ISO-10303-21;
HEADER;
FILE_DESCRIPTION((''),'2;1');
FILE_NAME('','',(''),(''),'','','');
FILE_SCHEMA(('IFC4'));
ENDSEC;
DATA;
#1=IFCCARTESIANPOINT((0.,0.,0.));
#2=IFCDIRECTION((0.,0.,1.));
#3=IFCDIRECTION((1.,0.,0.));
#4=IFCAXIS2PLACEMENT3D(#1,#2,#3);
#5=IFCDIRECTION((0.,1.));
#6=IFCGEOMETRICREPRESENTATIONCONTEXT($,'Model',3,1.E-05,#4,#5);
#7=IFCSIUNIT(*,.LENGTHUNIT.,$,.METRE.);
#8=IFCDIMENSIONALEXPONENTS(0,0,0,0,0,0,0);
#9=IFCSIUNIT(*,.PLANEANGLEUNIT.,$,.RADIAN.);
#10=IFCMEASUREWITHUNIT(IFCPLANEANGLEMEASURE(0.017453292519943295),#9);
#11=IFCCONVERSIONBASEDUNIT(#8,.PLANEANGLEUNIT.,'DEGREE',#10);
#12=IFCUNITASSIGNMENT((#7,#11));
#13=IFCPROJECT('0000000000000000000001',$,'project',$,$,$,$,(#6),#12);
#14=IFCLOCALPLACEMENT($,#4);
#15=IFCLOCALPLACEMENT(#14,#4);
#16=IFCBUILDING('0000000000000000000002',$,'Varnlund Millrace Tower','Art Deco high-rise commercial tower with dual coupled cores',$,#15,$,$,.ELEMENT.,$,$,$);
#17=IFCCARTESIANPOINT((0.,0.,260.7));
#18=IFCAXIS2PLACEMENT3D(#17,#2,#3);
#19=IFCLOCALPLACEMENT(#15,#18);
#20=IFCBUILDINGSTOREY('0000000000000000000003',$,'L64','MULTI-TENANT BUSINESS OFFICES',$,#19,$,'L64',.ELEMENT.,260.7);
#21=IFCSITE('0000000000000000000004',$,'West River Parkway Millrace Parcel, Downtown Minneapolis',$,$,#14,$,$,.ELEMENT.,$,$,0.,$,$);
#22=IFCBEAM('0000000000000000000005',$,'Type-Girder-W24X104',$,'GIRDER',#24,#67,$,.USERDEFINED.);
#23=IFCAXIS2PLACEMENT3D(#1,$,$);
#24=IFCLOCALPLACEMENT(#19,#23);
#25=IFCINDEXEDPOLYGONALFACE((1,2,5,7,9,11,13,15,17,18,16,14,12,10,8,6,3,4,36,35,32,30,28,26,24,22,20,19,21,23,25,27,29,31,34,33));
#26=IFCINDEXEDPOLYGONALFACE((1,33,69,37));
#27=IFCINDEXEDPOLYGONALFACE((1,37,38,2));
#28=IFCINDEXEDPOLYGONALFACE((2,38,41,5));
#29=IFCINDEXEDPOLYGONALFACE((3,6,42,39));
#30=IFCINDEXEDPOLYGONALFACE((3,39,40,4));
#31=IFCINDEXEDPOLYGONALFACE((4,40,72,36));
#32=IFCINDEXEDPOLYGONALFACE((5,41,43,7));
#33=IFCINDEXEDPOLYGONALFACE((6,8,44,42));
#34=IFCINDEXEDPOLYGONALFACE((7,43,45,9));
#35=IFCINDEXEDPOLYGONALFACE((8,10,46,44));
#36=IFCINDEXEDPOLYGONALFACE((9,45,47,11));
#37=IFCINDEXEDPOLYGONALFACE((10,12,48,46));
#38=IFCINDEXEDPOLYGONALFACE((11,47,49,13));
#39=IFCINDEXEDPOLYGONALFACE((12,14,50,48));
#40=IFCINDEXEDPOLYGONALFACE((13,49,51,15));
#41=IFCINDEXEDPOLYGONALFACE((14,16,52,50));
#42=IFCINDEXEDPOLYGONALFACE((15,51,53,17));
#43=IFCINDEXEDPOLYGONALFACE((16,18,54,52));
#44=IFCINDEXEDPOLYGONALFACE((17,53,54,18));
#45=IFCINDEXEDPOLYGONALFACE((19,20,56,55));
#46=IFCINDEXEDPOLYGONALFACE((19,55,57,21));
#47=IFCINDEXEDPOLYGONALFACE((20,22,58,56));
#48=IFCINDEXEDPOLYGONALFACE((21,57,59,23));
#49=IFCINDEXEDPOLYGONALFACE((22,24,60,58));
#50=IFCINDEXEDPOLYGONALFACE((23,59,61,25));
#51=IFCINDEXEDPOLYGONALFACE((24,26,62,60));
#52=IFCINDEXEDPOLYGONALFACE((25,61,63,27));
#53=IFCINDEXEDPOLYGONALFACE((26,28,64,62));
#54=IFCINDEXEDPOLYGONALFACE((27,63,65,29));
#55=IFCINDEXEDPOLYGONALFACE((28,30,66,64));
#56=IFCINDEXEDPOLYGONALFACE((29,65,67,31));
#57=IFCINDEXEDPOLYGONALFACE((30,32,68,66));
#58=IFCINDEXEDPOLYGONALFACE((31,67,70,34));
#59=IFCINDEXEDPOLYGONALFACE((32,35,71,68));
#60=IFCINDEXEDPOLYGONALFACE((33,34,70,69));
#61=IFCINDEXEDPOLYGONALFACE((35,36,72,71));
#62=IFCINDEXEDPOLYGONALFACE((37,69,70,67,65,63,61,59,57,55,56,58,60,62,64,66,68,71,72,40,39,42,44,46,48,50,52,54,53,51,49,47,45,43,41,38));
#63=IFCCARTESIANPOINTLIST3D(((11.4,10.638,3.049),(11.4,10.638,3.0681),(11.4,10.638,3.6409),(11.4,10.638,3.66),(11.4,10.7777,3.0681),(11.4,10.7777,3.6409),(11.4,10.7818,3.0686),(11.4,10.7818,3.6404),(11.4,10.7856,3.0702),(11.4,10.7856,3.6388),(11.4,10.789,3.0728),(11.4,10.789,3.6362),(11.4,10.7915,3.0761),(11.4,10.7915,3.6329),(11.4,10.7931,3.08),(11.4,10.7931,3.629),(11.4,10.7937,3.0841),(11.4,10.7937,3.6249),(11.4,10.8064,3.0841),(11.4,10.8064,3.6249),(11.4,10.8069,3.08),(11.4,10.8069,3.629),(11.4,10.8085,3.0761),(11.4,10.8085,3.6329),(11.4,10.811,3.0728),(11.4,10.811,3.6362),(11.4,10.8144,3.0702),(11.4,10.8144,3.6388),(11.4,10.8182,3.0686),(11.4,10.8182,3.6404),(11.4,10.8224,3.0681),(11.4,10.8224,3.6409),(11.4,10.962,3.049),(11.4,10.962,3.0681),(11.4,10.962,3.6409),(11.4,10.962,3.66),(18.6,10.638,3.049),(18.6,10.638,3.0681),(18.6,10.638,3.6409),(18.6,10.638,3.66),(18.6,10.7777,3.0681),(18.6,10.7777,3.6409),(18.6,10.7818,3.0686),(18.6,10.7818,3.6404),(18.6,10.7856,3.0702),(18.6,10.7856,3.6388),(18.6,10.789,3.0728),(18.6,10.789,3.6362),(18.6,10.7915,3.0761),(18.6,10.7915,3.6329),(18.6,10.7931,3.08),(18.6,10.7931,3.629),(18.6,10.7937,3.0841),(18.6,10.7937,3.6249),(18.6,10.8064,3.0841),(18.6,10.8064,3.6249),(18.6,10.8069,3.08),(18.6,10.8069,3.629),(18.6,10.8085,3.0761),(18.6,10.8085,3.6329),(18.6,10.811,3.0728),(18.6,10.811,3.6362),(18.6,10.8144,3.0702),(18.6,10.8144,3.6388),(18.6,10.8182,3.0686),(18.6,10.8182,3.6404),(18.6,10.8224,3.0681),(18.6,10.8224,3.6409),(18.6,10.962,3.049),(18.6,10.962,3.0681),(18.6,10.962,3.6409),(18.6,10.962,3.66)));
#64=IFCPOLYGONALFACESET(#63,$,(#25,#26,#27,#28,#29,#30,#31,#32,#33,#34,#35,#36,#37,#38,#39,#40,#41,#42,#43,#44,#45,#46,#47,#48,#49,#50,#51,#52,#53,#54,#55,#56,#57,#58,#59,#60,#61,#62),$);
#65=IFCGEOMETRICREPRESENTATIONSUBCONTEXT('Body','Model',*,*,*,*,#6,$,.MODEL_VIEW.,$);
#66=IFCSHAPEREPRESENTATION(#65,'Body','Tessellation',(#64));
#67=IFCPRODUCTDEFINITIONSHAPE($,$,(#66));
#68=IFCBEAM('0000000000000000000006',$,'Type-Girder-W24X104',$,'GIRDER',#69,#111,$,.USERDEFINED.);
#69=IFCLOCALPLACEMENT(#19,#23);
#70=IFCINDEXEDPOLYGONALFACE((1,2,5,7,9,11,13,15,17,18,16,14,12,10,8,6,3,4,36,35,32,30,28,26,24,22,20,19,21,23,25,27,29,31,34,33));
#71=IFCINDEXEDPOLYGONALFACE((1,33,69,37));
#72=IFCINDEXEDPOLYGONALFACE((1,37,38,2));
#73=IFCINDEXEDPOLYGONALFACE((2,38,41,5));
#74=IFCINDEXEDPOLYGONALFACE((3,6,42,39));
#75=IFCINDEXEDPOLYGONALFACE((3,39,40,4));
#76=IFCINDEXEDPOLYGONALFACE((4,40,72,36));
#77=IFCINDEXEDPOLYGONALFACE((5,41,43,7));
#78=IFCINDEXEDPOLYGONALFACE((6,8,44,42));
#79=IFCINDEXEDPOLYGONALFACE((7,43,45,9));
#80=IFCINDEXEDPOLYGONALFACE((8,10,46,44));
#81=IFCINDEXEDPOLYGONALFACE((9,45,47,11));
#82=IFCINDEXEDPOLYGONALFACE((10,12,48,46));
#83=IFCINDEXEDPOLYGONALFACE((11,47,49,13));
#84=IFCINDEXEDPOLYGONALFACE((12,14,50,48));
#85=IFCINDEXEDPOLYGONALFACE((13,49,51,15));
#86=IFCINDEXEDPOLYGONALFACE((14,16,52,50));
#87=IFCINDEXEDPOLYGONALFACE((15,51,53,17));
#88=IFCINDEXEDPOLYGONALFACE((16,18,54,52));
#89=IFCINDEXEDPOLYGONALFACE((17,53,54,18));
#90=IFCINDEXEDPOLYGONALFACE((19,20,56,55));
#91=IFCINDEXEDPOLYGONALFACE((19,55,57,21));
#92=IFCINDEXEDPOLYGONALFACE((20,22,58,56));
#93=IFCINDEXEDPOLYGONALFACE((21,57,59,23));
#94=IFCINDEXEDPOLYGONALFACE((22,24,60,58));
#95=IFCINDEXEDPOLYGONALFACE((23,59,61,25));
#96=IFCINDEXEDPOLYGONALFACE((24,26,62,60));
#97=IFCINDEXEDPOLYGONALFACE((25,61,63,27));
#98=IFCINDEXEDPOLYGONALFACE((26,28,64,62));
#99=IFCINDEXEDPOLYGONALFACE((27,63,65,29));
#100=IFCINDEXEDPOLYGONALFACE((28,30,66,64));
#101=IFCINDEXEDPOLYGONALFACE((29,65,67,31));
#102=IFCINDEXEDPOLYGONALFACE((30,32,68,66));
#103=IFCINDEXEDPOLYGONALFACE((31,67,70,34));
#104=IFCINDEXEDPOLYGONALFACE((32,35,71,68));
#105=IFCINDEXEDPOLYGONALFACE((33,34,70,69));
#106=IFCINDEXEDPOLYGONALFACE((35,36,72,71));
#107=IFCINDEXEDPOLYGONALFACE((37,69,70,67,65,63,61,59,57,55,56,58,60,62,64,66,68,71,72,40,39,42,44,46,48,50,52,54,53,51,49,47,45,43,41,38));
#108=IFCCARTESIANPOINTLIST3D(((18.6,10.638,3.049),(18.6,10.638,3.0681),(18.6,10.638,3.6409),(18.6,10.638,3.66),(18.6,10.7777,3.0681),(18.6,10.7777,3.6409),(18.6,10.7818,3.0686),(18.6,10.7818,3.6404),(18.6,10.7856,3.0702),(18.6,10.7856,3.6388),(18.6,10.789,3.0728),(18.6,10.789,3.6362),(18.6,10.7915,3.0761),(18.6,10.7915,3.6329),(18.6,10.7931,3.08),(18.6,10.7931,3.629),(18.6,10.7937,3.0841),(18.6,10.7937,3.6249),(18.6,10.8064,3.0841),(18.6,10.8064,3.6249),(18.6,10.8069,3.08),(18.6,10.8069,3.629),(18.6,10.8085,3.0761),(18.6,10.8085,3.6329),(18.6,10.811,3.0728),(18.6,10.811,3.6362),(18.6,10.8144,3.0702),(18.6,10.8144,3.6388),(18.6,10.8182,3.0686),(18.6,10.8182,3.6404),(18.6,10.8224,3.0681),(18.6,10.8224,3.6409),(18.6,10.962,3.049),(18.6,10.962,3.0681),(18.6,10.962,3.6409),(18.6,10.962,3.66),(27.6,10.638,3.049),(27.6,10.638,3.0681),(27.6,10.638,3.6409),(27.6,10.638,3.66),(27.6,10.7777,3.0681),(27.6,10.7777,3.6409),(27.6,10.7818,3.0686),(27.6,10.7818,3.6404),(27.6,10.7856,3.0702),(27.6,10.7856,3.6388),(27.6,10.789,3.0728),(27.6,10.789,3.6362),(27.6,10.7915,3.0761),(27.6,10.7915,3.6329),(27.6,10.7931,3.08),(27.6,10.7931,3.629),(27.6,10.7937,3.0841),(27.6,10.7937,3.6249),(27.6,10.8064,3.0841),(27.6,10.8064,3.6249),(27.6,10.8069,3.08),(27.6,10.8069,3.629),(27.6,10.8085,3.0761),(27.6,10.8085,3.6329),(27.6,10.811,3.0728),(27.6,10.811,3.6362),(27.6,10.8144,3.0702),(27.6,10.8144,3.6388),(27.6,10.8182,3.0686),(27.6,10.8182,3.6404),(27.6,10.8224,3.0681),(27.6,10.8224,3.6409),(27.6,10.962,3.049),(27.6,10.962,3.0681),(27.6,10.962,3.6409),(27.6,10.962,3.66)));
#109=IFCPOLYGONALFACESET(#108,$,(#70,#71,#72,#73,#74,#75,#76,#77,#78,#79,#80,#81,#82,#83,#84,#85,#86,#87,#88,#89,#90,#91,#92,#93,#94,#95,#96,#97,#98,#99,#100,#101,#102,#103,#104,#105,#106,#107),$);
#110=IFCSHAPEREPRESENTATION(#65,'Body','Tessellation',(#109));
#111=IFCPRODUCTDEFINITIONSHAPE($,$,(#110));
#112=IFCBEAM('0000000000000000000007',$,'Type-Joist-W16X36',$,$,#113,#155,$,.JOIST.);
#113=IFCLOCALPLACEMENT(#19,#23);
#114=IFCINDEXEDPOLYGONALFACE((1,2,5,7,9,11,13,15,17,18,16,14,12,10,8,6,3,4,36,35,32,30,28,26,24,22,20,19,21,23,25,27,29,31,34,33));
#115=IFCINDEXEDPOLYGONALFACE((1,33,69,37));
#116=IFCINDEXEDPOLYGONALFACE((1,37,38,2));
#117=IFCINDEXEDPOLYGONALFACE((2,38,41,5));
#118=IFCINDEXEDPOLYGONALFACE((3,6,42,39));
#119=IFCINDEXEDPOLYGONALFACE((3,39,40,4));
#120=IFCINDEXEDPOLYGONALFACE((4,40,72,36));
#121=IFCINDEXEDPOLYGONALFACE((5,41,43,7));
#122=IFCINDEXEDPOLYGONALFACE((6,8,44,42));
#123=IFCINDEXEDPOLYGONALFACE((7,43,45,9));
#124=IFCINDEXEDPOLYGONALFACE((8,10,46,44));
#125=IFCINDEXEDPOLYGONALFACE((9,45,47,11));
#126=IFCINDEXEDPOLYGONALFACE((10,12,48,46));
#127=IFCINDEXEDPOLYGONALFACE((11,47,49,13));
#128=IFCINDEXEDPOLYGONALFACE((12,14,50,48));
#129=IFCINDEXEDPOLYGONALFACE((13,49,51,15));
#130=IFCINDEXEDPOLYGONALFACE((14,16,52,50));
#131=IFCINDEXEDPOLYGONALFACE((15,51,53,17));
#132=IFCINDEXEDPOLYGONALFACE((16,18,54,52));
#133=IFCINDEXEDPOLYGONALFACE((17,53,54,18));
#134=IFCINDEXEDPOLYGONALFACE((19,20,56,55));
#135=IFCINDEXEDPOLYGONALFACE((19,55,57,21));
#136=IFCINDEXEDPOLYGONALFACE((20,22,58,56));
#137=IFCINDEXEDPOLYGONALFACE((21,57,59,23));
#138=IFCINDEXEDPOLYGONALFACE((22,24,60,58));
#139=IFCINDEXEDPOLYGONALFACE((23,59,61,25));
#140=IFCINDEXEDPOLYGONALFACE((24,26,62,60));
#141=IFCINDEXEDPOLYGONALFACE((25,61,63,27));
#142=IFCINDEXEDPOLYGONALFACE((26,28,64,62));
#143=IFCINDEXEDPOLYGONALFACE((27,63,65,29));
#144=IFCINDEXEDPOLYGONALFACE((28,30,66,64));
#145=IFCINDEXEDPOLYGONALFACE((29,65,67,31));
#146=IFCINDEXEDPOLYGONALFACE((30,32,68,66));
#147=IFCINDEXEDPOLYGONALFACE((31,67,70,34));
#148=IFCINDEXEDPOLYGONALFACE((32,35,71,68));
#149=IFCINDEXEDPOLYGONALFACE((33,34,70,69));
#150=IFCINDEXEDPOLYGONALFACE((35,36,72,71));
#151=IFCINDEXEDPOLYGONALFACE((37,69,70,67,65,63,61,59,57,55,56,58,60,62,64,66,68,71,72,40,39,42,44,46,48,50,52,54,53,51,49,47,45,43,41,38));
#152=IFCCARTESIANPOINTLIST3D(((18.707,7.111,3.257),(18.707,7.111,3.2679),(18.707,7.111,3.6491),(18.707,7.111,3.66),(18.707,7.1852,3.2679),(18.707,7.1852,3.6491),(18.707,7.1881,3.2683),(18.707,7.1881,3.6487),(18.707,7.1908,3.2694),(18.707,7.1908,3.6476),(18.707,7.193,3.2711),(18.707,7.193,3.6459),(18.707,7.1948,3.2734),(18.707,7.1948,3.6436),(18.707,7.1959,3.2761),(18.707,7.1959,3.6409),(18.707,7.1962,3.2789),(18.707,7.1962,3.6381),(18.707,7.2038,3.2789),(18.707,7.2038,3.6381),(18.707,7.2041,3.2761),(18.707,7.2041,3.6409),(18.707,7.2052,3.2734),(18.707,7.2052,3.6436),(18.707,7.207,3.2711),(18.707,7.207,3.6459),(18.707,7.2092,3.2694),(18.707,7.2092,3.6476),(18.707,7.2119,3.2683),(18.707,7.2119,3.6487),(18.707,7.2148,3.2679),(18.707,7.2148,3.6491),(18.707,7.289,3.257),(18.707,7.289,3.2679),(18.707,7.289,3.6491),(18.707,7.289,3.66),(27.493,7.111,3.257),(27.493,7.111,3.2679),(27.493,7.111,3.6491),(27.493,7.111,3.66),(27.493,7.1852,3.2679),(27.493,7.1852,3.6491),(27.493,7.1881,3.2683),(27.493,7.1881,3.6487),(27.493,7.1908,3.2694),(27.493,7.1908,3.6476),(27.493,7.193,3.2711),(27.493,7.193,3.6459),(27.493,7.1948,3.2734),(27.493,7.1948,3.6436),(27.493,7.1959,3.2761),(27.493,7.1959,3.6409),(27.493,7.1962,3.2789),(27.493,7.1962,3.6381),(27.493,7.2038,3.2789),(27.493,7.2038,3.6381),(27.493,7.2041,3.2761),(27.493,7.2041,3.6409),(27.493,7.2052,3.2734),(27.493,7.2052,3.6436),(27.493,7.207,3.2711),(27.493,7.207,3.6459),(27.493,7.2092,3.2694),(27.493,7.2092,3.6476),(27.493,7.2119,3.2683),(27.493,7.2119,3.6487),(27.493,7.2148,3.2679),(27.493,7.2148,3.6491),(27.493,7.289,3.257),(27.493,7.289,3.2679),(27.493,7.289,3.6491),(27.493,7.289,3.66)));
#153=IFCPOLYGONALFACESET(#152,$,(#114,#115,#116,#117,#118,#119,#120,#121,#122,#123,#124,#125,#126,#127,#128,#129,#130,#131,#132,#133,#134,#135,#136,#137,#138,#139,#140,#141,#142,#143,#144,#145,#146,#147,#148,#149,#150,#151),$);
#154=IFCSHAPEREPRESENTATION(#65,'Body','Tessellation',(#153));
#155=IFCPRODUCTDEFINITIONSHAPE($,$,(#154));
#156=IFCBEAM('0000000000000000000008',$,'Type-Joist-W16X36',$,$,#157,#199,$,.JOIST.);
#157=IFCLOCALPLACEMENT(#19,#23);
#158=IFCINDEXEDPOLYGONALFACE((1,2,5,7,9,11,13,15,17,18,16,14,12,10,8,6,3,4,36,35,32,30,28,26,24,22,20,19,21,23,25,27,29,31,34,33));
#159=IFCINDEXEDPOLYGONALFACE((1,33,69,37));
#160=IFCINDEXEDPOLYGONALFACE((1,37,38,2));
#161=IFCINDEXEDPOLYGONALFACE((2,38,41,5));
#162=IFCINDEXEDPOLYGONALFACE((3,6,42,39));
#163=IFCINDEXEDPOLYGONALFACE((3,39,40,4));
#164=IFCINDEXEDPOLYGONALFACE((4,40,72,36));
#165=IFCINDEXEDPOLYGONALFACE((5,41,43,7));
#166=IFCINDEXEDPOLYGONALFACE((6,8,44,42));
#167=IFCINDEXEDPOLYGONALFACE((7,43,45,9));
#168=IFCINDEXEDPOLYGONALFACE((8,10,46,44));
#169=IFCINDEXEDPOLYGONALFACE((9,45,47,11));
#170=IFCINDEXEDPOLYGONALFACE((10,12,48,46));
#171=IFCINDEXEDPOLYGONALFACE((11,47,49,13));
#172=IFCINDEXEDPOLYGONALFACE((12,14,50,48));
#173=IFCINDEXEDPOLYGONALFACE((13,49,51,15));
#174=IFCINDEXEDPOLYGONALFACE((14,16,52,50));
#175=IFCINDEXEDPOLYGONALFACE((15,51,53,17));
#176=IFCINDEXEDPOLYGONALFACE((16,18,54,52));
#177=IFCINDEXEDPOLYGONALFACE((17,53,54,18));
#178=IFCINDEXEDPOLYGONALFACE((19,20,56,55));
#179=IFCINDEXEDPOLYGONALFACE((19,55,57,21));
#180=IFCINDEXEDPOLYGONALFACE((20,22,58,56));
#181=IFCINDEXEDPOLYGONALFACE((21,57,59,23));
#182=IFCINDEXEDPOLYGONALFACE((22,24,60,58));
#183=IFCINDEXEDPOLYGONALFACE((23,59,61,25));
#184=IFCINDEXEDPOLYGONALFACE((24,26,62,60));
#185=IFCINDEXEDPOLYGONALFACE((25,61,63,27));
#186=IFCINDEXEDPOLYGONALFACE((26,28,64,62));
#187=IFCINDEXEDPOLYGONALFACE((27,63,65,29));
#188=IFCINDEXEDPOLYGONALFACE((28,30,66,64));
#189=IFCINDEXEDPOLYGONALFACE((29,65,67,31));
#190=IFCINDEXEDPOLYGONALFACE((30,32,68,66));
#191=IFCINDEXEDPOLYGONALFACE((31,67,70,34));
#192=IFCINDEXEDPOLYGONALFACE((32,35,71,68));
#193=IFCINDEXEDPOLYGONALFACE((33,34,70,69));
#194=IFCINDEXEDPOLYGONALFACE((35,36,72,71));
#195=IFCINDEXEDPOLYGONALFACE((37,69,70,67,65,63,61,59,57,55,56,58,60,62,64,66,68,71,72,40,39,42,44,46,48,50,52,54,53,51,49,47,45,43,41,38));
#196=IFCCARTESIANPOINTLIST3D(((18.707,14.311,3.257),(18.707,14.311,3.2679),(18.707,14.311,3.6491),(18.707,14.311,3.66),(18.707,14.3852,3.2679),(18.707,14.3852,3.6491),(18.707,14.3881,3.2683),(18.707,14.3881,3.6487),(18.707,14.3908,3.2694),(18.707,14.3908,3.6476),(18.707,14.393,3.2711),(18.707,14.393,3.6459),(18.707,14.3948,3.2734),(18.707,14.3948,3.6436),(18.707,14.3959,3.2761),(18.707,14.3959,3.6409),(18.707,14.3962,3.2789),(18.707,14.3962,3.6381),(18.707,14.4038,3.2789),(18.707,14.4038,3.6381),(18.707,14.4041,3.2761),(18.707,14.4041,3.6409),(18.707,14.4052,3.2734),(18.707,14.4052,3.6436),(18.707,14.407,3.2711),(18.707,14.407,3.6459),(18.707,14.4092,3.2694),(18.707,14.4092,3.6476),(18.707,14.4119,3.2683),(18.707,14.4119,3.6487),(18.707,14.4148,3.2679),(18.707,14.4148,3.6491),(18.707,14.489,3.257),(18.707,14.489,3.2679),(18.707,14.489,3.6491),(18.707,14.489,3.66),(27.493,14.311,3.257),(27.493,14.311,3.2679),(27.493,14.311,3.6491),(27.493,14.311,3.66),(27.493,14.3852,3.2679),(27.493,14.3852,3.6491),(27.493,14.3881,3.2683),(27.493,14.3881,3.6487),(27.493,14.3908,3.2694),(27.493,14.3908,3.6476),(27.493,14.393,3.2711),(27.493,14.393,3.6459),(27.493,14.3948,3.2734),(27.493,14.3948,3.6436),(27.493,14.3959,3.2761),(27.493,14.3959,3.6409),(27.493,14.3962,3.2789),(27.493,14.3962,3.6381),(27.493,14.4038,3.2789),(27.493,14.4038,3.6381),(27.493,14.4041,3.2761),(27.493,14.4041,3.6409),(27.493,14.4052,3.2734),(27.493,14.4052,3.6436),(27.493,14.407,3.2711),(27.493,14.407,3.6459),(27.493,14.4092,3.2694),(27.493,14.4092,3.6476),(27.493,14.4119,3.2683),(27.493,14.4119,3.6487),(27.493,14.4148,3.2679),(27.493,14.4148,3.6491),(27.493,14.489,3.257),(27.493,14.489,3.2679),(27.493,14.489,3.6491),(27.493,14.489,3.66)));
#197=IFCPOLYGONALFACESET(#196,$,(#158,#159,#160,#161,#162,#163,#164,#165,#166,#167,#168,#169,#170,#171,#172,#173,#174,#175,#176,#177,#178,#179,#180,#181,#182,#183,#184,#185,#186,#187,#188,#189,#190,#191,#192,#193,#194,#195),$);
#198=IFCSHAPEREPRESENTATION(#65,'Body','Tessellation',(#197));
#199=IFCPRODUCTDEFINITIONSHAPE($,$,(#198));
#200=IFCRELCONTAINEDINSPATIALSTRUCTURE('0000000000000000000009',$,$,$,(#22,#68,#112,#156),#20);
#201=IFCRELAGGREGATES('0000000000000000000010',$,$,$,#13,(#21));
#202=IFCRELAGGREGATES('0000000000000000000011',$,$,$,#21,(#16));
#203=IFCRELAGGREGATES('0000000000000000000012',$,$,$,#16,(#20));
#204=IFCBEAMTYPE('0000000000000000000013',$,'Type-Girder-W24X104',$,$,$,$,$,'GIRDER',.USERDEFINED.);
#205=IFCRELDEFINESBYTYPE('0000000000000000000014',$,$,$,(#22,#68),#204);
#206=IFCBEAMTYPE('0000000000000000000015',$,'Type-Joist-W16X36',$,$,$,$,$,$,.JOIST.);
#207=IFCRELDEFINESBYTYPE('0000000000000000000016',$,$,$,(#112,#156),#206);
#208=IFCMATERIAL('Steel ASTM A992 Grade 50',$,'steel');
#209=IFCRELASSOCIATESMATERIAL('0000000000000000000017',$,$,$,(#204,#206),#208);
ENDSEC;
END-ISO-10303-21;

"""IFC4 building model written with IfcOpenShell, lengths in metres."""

from ifc_helpers import new_model, entity, si_unit, converted_unit, direction, frame, origin_with_axes, origin_2d_with_axis, place, context, subcontext, project, spatial, i_section, extrude, material, material_profile, profile_set, type_object, element, save


model = new_model("IFC4")

# Units and contexts
model_context = context("Model", 3, precision=1e-05, world=origin_with_axes(), true_north=direction((0.0, 1.0)))
body_context = subcontext(model_context, "Body", "Model", "MODEL_VIEW")
ifc_project = project(units=[si_unit("LENGTHUNIT", "METRE"), converted_unit("PLANEANGLEUNIT", "DEGREE", entity("IfcPlaneAngleMeasure", 0.017453292519943295), si_unit("PLANEANGLEUNIT", "RADIAN"), dimensions=[0, 0, 0, 0, 0, 0, 0])], contexts=[model_context])

# Site, building, storey
site_placement = place(None, origin_with_axes())
site = spatial("IfcSite", under=ifc_project, at=site_placement, Name="West River Parkway Millrace Parcel, Downtown Minneapolis", CompositionType="ELEMENT", RefElevation=0.0)
building_placement = place(site_placement, origin_with_axes())
building = spatial("IfcBuilding", under=site, at=building_placement, Name="Varnlund Millrace Tower", Description="Art Deco high-rise commercial tower with dual coupled cores", CompositionType="ELEMENT")
storey_placement = place(building_placement, frame((0.0, 0.0, 260.7), z_axis=(0.0, 0.0, 1.0), x_axis=(1.0, 0.0, 0.0)))
storey = spatial("IfcBuildingStorey", under=building, at=storey_placement, Name="L64", Description="MULTI-TENANT BUSINESS OFFICES", LongName="L64", CompositionType="ELEMENT", Elevation=260.7)

# Beams
ifc_material_1 = material(Name="Steel ASTM A992 Grade 50", Category="steel")
ifc_material_profile_1 = material_profile(ifc_material_1, i_section(OverallWidth=0.324, OverallDepth=0.611, WebThickness=0.0127, FlangeThickness=0.0191, FilletRadius=0.016, at=origin_2d_with_axis()), Name="Steel ASTM A992 Grade 50")
ifc_profile_set_1 = profile_set([ifc_material_profile_1], Name="Steel ASTM A992 Grade 50")
beam_type_1 = type_object("IfcBeamType", Name="Type-Girder-W24X104", ElementType="GIRDER", PredefinedType="USERDEFINED", material=ifc_profile_set_1)
beam_1_placement = place(storey_placement, frame((11.4, 10.8, 3.3545), z_axis=(1.0, 0.0, 0.0), x_axis=(0.0, 1.0, 0.0)))
element("IfcBeam", 1, at=beam_1_placement, inside=storey, type_object=beam_type_1, Name="Type-Girder-W24X104", ObjectType="GIRDER", PredefinedType="USERDEFINED", context=body_context, shape_type="SweptSolid", body=[
    extrude(i_section(OverallWidth=0.324, OverallDepth=0.611, WebThickness=0.0127, FlangeThickness=0.0191, FilletRadius=0.016, at=origin_2d_with_axis()), origin_with_axes(), (0.0, 0.0, 1.0), 7.2),
])
beam_2_placement = place(storey_placement, frame((18.6, 10.8, 3.3545), z_axis=(1.0, 0.0, 0.0), x_axis=(0.0, 1.0, 0.0)))
element("IfcBeam", 2, at=beam_2_placement, inside=storey, type_object=beam_type_1, Name="Type-Girder-W24X104", ObjectType="GIRDER", PredefinedType="USERDEFINED", context=body_context, shape_type="SweptSolid", body=[
    extrude(i_section(OverallWidth=0.324, OverallDepth=0.611, WebThickness=0.0127, FlangeThickness=0.0191, FilletRadius=0.016, at=origin_2d_with_axis()), origin_with_axes(), (0.0, 0.0, 1.0), 9.0),
])
ifc_material_profile_2 = material_profile(ifc_material_1, i_section(OverallWidth=0.178, OverallDepth=0.403, WebThickness=0.0075, FlangeThickness=0.0109, FilletRadius=0.011, at=origin_2d_with_axis()), Name="Steel ASTM A992 Grade 50")
ifc_profile_set_2 = profile_set([ifc_material_profile_2], Name="Steel ASTM A992 Grade 50")
beam_type_2 = type_object("IfcBeamType", Name="Type-Joist-W16X36", PredefinedType="JOIST", material=ifc_profile_set_2)
for number, where, z_axis, x_axis, name in (
    (3, (18.707, 7.2, 3.4585), (1.0, 0.0, 0.0), (0.0, 1.0, 0.0), "Type-Joist-W16X36"),
    (4, (18.707, 14.4, 3.4585), (1.0, 0.0, 0.0), (0.0, 1.0, 0.0), "Type-Joist-W16X36"),
):
    element("IfcBeam", number, at=place(storey_placement, frame(where, z_axis=z_axis, x_axis=x_axis)), inside=storey, type_object=beam_type_2, Name=name, PredefinedType="JOIST", context=body_context, shape_type="SweptSolid", body=[
        extrude(i_section(OverallWidth=0.178, OverallDepth=0.403, WebThickness=0.0075, FlangeThickness=0.0109, FilletRadius=0.011, at=origin_2d_with_axis()), origin_with_axes(), (0.0, 0.0, 1.0), 8.786),
    ])

save(model, "model.ifc")
